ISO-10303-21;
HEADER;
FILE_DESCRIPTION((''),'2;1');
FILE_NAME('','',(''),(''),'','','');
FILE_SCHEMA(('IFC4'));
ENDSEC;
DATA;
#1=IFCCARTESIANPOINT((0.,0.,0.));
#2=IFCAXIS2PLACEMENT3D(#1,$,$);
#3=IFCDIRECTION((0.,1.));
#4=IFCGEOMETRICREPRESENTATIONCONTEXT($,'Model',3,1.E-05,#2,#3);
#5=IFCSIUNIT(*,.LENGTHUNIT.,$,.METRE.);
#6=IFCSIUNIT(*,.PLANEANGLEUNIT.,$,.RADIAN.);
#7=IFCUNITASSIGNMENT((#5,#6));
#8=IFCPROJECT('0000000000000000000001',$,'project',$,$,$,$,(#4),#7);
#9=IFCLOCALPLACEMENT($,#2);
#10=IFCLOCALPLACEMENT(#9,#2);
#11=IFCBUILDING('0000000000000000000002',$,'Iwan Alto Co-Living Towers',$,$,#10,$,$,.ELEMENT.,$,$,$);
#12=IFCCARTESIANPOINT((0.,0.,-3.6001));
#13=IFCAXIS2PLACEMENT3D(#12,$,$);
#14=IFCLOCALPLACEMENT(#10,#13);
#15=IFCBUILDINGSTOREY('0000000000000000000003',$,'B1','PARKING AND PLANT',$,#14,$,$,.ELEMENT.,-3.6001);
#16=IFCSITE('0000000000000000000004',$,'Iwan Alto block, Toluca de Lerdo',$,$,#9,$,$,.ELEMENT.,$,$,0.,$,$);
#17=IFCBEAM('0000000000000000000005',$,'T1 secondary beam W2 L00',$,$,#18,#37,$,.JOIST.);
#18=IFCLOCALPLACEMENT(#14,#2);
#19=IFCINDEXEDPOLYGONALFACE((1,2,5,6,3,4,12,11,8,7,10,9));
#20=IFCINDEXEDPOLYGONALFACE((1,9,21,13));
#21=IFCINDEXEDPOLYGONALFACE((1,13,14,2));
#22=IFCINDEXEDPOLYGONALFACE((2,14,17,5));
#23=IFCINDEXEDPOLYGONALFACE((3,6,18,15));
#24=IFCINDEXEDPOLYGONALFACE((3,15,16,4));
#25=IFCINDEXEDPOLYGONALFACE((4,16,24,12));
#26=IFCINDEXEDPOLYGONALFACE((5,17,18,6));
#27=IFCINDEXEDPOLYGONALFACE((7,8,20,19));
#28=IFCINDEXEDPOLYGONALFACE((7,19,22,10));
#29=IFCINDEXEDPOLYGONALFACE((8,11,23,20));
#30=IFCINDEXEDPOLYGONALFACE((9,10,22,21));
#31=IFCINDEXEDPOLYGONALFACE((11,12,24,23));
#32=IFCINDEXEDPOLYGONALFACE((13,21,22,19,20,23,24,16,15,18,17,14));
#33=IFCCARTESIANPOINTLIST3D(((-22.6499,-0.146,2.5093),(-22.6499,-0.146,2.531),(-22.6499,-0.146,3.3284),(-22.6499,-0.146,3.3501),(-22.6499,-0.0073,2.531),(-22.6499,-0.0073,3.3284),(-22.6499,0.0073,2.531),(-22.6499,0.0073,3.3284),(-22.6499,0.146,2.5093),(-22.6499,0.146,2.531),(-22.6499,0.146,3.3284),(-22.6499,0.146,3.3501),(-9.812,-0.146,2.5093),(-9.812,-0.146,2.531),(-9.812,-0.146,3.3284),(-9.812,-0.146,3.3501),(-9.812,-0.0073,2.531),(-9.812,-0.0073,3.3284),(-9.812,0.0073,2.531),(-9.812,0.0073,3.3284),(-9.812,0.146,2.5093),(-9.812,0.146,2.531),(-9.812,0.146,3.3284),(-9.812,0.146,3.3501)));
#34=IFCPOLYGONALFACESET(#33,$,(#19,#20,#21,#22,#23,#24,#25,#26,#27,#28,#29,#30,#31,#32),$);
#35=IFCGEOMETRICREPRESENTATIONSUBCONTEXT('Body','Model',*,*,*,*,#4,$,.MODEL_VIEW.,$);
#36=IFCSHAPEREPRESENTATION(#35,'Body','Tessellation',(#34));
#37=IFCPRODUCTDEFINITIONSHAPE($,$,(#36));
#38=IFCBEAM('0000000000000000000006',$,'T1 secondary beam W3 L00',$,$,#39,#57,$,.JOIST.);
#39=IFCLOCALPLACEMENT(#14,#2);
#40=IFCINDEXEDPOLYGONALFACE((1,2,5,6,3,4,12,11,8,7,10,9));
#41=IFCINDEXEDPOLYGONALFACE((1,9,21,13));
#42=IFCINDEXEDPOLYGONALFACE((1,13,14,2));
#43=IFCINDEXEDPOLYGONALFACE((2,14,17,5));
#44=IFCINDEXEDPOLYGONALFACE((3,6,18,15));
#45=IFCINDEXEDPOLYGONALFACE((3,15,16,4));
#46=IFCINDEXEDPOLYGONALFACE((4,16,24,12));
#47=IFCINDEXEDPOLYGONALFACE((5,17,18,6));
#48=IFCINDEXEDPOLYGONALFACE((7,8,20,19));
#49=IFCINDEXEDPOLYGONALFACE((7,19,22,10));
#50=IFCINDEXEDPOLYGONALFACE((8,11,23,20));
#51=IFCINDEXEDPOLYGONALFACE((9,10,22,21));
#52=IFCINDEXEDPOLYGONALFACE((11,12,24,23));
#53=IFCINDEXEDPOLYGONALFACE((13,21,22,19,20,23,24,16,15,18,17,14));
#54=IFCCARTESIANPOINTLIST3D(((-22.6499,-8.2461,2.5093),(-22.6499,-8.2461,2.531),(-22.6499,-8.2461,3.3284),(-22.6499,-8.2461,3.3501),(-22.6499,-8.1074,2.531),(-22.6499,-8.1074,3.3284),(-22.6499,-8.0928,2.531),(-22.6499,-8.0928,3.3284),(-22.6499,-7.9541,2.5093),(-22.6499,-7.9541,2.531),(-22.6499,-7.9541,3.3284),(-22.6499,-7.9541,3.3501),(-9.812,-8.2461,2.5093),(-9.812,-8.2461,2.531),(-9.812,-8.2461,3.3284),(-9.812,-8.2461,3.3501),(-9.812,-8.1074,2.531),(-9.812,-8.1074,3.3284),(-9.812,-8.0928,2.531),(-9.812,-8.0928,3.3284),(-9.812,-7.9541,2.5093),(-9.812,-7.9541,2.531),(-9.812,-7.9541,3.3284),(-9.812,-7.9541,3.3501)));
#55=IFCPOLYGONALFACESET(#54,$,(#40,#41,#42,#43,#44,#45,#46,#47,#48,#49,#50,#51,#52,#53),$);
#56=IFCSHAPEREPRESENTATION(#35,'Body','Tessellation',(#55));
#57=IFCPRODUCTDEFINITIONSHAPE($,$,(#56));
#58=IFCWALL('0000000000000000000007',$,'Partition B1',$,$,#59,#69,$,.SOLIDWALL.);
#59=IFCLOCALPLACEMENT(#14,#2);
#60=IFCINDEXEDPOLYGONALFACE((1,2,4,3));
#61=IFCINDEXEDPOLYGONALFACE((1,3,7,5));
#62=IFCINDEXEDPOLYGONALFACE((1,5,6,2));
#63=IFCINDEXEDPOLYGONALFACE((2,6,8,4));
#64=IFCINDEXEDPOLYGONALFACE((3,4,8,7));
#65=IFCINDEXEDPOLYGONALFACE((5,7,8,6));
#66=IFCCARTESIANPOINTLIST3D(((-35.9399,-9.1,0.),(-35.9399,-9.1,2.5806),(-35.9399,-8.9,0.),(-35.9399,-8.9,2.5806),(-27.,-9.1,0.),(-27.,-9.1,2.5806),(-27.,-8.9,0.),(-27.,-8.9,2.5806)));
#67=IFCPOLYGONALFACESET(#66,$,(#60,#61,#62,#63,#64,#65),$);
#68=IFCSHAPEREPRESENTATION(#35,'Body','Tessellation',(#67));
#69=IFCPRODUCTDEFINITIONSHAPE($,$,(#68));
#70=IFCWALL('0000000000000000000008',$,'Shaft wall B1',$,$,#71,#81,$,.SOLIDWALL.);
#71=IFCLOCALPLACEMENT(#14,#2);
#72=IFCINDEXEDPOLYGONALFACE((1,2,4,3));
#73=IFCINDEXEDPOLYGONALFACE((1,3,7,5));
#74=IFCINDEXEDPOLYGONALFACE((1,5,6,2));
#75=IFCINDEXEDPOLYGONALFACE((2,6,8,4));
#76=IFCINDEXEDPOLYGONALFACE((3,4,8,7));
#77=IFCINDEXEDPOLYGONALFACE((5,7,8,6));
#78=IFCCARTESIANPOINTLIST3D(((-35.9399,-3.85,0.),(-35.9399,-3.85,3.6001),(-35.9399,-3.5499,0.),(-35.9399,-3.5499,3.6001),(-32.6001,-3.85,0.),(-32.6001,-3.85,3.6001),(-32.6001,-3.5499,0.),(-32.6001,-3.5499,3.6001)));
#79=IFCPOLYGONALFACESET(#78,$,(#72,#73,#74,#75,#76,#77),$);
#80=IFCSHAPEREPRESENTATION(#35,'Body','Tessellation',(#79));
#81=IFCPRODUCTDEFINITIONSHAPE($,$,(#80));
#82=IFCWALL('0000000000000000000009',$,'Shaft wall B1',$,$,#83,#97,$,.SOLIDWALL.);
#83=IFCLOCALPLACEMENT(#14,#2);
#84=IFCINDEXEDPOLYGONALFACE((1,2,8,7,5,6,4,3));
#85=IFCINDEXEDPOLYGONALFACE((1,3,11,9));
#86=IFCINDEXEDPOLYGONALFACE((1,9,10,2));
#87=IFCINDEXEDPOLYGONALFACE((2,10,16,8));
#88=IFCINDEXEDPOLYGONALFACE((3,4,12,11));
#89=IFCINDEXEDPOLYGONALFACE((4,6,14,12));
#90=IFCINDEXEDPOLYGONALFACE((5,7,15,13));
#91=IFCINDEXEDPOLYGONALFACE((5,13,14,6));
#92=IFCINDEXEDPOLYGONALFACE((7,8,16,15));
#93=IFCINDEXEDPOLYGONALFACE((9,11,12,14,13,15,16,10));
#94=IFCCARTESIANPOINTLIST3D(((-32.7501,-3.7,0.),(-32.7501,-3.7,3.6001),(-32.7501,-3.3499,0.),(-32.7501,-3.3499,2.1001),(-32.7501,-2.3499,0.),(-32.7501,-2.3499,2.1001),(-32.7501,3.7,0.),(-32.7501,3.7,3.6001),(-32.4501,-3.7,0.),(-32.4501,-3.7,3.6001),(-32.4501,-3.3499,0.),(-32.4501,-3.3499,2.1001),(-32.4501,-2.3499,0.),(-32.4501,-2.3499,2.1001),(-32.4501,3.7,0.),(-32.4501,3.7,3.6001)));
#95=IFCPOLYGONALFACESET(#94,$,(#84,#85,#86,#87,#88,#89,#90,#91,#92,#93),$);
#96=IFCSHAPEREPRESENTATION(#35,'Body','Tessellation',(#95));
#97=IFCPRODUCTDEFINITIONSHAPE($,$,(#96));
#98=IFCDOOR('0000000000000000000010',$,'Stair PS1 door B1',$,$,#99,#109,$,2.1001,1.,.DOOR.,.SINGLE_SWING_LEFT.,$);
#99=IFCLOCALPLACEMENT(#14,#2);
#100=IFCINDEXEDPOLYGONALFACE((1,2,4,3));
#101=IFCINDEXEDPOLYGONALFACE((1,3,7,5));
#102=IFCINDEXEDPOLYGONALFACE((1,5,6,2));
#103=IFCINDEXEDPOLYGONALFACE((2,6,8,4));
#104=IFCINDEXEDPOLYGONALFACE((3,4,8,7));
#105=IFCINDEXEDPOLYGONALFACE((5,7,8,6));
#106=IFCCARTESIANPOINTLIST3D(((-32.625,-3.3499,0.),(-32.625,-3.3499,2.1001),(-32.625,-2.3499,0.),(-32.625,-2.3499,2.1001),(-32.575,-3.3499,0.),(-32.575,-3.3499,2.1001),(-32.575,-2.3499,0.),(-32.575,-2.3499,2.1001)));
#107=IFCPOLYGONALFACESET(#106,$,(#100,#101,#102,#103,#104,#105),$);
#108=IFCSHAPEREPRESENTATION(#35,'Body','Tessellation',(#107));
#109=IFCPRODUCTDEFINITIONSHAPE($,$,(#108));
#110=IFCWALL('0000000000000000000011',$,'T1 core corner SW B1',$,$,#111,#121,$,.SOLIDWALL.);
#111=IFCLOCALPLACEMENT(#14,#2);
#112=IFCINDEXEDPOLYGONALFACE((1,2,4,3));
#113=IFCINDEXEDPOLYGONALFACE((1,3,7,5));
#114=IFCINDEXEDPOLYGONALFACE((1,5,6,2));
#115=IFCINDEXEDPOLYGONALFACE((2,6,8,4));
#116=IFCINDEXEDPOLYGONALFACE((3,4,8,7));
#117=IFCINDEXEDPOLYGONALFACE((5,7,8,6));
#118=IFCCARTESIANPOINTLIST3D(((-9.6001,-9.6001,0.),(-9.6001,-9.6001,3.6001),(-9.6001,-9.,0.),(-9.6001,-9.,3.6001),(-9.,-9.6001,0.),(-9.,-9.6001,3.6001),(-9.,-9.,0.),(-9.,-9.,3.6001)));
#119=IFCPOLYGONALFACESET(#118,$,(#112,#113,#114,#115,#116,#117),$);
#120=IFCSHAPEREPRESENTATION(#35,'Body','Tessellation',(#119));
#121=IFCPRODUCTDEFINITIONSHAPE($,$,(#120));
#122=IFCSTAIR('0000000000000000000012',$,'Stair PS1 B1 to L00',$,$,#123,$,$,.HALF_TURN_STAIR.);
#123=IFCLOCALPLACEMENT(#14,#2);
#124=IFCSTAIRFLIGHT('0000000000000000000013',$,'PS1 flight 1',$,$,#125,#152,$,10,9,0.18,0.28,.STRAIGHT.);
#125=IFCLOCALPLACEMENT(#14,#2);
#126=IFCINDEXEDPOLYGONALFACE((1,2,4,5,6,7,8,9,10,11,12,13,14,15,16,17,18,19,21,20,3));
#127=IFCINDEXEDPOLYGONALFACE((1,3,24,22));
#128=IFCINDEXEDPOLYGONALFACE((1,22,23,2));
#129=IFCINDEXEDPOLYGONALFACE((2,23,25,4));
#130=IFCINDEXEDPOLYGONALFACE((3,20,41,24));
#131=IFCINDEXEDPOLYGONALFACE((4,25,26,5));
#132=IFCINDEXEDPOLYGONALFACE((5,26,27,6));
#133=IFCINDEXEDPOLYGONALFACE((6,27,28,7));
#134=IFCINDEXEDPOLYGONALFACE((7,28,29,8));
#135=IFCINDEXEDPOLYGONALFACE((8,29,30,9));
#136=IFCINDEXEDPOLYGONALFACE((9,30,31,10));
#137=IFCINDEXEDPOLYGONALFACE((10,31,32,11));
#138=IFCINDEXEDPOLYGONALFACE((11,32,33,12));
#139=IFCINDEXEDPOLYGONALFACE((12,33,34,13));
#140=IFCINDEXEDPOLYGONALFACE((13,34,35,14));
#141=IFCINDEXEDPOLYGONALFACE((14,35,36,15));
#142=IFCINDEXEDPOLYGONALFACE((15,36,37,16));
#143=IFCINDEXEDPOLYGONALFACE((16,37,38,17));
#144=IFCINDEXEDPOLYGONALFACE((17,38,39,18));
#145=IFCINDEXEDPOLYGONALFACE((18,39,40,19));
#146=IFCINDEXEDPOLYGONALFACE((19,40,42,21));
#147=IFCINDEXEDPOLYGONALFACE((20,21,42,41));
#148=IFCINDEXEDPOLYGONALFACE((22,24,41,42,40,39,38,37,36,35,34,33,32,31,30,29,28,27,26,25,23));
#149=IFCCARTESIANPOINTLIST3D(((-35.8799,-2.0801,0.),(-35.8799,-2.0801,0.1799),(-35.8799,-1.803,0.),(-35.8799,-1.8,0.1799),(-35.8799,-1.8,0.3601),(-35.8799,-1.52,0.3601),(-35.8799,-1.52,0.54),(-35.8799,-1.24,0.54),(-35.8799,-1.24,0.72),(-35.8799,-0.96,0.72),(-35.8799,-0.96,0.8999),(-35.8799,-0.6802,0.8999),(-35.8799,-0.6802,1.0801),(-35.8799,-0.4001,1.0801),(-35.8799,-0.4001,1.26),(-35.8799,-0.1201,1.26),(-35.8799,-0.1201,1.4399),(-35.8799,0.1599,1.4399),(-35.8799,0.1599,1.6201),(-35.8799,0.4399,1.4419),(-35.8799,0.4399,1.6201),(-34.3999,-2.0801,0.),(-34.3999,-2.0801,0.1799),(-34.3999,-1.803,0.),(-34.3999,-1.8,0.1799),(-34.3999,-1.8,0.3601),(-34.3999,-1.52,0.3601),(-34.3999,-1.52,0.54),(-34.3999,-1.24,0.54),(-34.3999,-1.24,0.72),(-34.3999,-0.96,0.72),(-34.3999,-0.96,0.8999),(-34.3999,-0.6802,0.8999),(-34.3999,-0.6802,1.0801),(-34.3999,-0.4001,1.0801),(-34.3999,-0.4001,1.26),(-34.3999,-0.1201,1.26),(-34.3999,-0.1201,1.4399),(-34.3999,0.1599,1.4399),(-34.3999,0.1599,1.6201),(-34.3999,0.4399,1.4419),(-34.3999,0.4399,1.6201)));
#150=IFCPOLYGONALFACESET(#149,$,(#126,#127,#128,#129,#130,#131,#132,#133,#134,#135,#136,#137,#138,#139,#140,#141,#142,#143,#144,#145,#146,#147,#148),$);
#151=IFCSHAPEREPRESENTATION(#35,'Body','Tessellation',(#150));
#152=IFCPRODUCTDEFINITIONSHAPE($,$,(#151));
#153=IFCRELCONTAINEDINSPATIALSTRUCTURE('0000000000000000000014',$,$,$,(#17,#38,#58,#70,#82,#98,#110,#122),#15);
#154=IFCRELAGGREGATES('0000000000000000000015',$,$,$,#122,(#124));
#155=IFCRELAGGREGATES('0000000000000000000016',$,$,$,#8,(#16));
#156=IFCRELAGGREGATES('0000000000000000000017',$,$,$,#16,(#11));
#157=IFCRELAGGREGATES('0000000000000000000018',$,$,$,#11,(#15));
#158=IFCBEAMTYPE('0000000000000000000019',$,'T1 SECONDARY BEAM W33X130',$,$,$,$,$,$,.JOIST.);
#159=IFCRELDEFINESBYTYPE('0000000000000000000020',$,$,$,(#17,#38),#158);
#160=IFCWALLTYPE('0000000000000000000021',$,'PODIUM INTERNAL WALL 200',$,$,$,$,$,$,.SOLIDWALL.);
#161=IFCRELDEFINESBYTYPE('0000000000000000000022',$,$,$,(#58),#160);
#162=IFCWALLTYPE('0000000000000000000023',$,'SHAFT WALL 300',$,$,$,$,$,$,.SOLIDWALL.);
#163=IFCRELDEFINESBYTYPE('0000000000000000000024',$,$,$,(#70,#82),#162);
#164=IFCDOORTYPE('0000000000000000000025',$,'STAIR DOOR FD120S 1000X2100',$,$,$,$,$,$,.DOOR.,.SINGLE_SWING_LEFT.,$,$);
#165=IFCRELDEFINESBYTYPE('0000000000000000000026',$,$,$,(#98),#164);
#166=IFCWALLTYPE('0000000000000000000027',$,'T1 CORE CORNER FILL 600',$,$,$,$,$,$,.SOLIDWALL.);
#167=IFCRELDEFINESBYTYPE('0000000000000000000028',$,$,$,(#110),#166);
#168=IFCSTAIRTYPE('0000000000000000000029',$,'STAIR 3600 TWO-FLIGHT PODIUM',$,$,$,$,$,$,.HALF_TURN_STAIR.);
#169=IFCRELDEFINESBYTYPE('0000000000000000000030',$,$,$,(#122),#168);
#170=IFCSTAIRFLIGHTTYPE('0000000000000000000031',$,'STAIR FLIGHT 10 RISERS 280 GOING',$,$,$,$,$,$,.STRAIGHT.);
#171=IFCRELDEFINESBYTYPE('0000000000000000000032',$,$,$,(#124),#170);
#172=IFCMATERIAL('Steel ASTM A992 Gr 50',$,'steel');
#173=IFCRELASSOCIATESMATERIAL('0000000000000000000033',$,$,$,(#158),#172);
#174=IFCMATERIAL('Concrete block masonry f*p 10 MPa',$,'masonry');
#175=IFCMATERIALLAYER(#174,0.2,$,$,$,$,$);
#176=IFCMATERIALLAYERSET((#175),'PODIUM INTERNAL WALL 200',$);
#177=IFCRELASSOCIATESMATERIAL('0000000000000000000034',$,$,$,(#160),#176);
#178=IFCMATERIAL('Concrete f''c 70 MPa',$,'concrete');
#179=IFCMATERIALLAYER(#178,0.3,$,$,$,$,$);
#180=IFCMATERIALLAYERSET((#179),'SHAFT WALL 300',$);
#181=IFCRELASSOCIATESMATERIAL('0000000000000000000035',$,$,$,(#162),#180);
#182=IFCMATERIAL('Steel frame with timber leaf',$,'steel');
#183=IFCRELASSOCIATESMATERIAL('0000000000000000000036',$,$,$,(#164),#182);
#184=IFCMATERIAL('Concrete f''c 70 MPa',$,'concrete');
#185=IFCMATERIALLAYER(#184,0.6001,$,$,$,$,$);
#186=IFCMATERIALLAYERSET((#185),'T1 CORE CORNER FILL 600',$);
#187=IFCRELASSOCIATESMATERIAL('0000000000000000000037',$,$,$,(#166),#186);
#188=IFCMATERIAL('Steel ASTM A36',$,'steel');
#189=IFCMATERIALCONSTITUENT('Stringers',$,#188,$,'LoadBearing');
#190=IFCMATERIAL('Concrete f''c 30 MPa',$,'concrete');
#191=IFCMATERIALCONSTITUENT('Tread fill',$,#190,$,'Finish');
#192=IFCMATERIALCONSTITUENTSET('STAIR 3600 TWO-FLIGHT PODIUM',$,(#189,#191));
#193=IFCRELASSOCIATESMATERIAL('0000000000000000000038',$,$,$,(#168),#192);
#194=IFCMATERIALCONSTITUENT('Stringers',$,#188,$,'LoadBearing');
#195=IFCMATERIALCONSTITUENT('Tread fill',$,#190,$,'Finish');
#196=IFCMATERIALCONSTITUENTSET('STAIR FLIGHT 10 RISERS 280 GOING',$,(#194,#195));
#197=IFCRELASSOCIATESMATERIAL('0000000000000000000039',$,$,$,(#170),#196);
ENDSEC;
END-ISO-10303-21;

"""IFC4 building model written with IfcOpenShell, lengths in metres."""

from ifc_helpers import new_model, si_unit, direction, frame, frame_2d, origin, origin_2d, place, context, subcontext, project, spatial, polyline, rectangle, i_section, outline, extrude, material, layer, layer_set, constituent, constituent_set, material_profile, profile_set, type_object, element, fill, aggregate, save


model = new_model("IFC4")

# Units and contexts
model_context = context("Model", 3, precision=1e-05, world=origin(), true_north=direction((0.0, 1.0)))
body_context = subcontext(model_context, "Body", "Model", "MODEL_VIEW")
ifc_project = project(units=[si_unit("LENGTHUNIT", "METRE"), si_unit("PLANEANGLEUNIT", "RADIAN")], contexts=[model_context])

# Site, building, storey
site_placement = place(None, origin())
site = spatial("IfcSite", under=ifc_project, at=site_placement, Name="Iwan Alto block, Toluca de Lerdo", CompositionType="ELEMENT", RefElevation=0.0)
building_placement = place(site_placement, origin())
building = spatial("IfcBuilding", under=site, at=building_placement, Name="Iwan Alto Co-Living Towers", CompositionType="ELEMENT")
storey_placement = place(building_placement, frame((0.0, 0.0, -3.6001)))
storey = spatial("IfcBuildingStorey", under=building, at=storey_placement, Name="B1", Description="PARKING AND PLANT", CompositionType="ELEMENT", Elevation=-3.6001)

# Beams
ifc_material_1 = material(Name="Steel ASTM A992 Gr 50", Category="steel")
ifc_material_profile_1 = material_profile(ifc_material_1, i_section(OverallWidth=0.292, OverallDepth=0.8408, WebThickness=0.0146, FlangeThickness=0.0217, at=origin_2d()), Name="W33X130")
ifc_profile_set_1 = profile_set([ifc_material_profile_1], Name="Steel ASTM A992 Gr 50")
beam_type_1 = type_object("IfcBeamType", Name="T1 SECONDARY BEAM W33X130", PredefinedType="JOIST", material=ifc_profile_set_1)
for number, where, z_axis, x_axis, name in (
    (1, (-22.6499, 0.0, 2.9297), (1.0, 0.0, 0.0), (0.0, 1.0, 0.0), "T1 secondary beam W2 L00"),
    (2, (-22.6499, -8.1001, 2.9297), (1.0, 0.0, 0.0), (0.0, 1.0, 0.0), "T1 secondary beam W3 L00"),
):
    element("IfcBeam", number, at=place(storey_placement, frame(where, z_axis=z_axis, x_axis=x_axis)), inside=storey, type_object=beam_type_1, Name=name, PredefinedType="JOIST", context=body_context, shape_type="SweptSolid", body=[
        extrude(i_section(OverallWidth=0.292, OverallDepth=0.8408, WebThickness=0.0146, FlangeThickness=0.0217, at=origin_2d()), origin(), (0.0, 0.0, 1.0), 12.8379),
    ])

# Walls
ifc_material_2 = material(Name="Concrete block masonry f*p 10 MPa", Category="masonry")
ifc_layer_1 = layer(ifc_material_2, 0.2)
ifc_layer_set_1 = layer_set([ifc_layer_1], Name="PODIUM INTERNAL WALL 200")
wall_type_1 = type_object("IfcWallType", Name="PODIUM INTERNAL WALL 200", PredefinedType="SOLIDWALL", material=ifc_layer_set_1)
wall_1_placement = place(storey_placement, frame((-35.9399, -9.0, 0.0), z_axis=(0.0, 0.0, 1.0), x_axis=(1.0, 0.0, 0.0)))
element("IfcWall", 3, at=wall_1_placement, inside=storey, type_object=wall_type_1, Name="Partition B1", PredefinedType="SOLIDWALL", context=body_context, shape_type="SweptSolid", body=[
    extrude(rectangle(XDim=8.9399, YDim=0.2, at=frame_2d((4.47, 0.0))), origin(), (0.0, 0.0, 1.0), 2.5806),
])
ifc_material_3 = material(Name="Concrete f'c 70 MPa", Category="concrete")
ifc_layer_2 = layer(ifc_material_3, 0.3)
ifc_layer_set_2 = layer_set([ifc_layer_2], Name="SHAFT WALL 300")
wall_type_2 = type_object("IfcWallType", Name="SHAFT WALL 300", PredefinedType="SOLIDWALL", material=ifc_layer_set_2)
wall_2_placement = place(storey_placement, frame((-35.9399, -3.7, 0.0), z_axis=(0.0, 0.0, 1.0), x_axis=(1.0, 0.0, 0.0)))
element("IfcWall", 4, at=wall_2_placement, inside=storey, type_object=wall_type_2, Name="Shaft wall B1", PredefinedType="SOLIDWALL", context=body_context, shape_type="SweptSolid", body=[
    extrude(rectangle(XDim=3.3398, YDim=0.3, at=frame_2d((1.6699, 0.0))), origin(), (0.0, 0.0, 1.0), 3.6001),
])

# Wall, opening, door
wall_3_placement = place(storey_placement, frame((-32.6001, -3.7, 0.0), z_axis=(0.0, 0.0, 1.0), x_axis=(0.0, 1.0, 0.0)))
wall_3 = element("IfcWall", 5, at=wall_3_placement, inside=storey, type_object=wall_type_2, Name="Shaft wall B1", PredefinedType="SOLIDWALL", context=body_context, shape_type="SweptSolid", body=[
    extrude(rectangle(XDim=7.3999, YDim=0.3, at=frame_2d((3.7, 0.0))), origin(), (0.0, 0.0, 1.0), 3.6001),
])
opening_placement = place(wall_3_placement, frame((0.3501, 0.0, 0.0)))
opening = element("IfcOpeningElement", 6, at=opening_placement, cuts=wall_3, PredefinedType="OPENING", context=body_context, shape_type="SweptSolid", body=[
    extrude(rectangle(XDim=1.0, YDim=2.1001, at=frame_2d((0.5, 1.05))), frame((0.0, 0.1599, 0.0), z_axis=(0.0, -1.0, 0.0), x_axis=(1.0, 0.0, 0.0)), (0.0, 0.0, 1.0), 0.3201),
])
ifc_material_4 = material(Name="Steel frame with timber leaf", Category="steel")
door_type = type_object("IfcDoorType", Name="STAIR DOOR FD120S 1000X2100", OperationType="SINGLE_SWING_LEFT", PredefinedType="DOOR", material=ifc_material_4)
door_placement = place(opening_placement, origin())
door = element("IfcDoor", 7, at=door_placement, inside=storey, type_object=door_type, Name="Stair PS1 door B1", OperationType="SINGLE_SWING_LEFT", OverallHeight=2.1001, OverallWidth=1.0, PredefinedType="DOOR", context=body_context, shape_type="SweptSolid", body=[
    extrude(rectangle(XDim=1.0, YDim=2.1001, at=frame_2d((0.5, 1.05))), frame((0.0, 0.0249, 0.0), z_axis=(0.0, -1.0, 0.0), x_axis=(1.0, 0.0, 0.0)), (0.0, 0.0, 1.0), 0.05),
])
fill(opening, door)

# Wall
ifc_material_5 = material(Name="Concrete f'c 70 MPa", Category="concrete")
ifc_layer_3 = layer(ifc_material_5, 0.6001)
ifc_layer_set_3 = layer_set([ifc_layer_3], Name="T1 CORE CORNER FILL 600")
wall_type_3 = type_object("IfcWallType", Name="T1 CORE CORNER FILL 600", PredefinedType="SOLIDWALL", material=ifc_layer_set_3)
wall_4_placement = place(storey_placement, frame((-9.6001, -9.3, 0.0), z_axis=(0.0, 0.0, 1.0), x_axis=(1.0, 0.0, 0.0)))
element("IfcWall", 8, at=wall_4_placement, inside=storey, type_object=wall_type_3, Name="T1 core corner SW B1", PredefinedType="SOLIDWALL", context=body_context, shape_type="SweptSolid", body=[
    extrude(rectangle(XDim=0.6001, YDim=0.6001, at=frame_2d((0.3, 0.0))), origin(), (0.0, 0.0, 1.0), 3.6001),
])

# Stair, stair flight
ifc_material_6 = material(Name="Steel ASTM A36", Category="steel")
ifc_constituent_1 = constituent(ifc_material_6, Name="Stringers", Category="LoadBearing")
ifc_material_7 = material(Name="Concrete f'c 30 MPa", Category="concrete")
ifc_constituent_2 = constituent(ifc_material_7, Name="Tread fill", Category="Finish")
ifc_constituent_set_1 = constituent_set(constituents=[ifc_constituent_1, ifc_constituent_2], Name="STAIR 3600 TWO-FLIGHT PODIUM")
stair_type = type_object("IfcStairType", Name="STAIR 3600 TWO-FLIGHT PODIUM", PredefinedType="HALF_TURN_STAIR", material=ifc_constituent_set_1)
stair_placement = place(storey_placement, origin())
stair = element("IfcStair", 9, at=stair_placement, inside=storey, type_object=stair_type, Name="Stair PS1 B1 to L00", PredefinedType="HALF_TURN_STAIR")
ifc_constituent_3 = constituent(ifc_material_6, Name="Stringers", Category="LoadBearing")
ifc_constituent_4 = constituent(ifc_material_7, Name="Tread fill", Category="Finish")
ifc_constituent_set_2 = constituent_set(constituents=[ifc_constituent_3, ifc_constituent_4], Name="STAIR FLIGHT 10 RISERS 280 GOING")
stair_flight_type = type_object("IfcStairFlightType", Name="STAIR FLIGHT 10 RISERS 280 GOING", PredefinedType="STRAIGHT", material=ifc_constituent_set_2)
stair_flight_placement = place(storey_placement, frame((-35.1399, -2.0801, 0.0), z_axis=(0.0, 0.0, 1.0), x_axis=(0.0, 1.0, 0.0)))
stair_flight = element("IfcStairFlight", 10, at=stair_flight_placement, type_object=stair_flight_type, Name="PS1 flight 1", NumberOfRisers=10, NumberOfTreads=9, PredefinedType="STRAIGHT", RiserHeight=0.18, TreadLength=0.28, context=body_context, shape_type="SweptSolid", body=[
    extrude(outline(polyline([(0.0, 0.0), (0.0, 0.1799), (0.28, 0.1799), (0.28, 0.3601), (0.5601, 0.3601), (0.5601, 0.54), (0.8401, 0.54), (0.8401, 0.72), (1.1201, 0.72), (1.1201, 0.8999), (1.3999, 0.8999), (1.3999, 1.0801), (1.6799, 1.0801), (1.6799, 1.26), (1.96, 1.26), (1.96, 1.4399), (2.24, 1.4399), (2.24, 1.6201), (2.52, 1.6201), (2.52, 1.8), (2.52, 1.4419), (0.2771, 0.0), (0.0, 0.0)])), frame((0.0, 0.74, 0.0), z_axis=(0.0, -1.0, 0.0), x_axis=(1.0, 0.0, 0.0)), (0.0, 0.0, 1.0), 1.48),
])
aggregate(stair, [stair_flight])

save(model, "model.ifc")
